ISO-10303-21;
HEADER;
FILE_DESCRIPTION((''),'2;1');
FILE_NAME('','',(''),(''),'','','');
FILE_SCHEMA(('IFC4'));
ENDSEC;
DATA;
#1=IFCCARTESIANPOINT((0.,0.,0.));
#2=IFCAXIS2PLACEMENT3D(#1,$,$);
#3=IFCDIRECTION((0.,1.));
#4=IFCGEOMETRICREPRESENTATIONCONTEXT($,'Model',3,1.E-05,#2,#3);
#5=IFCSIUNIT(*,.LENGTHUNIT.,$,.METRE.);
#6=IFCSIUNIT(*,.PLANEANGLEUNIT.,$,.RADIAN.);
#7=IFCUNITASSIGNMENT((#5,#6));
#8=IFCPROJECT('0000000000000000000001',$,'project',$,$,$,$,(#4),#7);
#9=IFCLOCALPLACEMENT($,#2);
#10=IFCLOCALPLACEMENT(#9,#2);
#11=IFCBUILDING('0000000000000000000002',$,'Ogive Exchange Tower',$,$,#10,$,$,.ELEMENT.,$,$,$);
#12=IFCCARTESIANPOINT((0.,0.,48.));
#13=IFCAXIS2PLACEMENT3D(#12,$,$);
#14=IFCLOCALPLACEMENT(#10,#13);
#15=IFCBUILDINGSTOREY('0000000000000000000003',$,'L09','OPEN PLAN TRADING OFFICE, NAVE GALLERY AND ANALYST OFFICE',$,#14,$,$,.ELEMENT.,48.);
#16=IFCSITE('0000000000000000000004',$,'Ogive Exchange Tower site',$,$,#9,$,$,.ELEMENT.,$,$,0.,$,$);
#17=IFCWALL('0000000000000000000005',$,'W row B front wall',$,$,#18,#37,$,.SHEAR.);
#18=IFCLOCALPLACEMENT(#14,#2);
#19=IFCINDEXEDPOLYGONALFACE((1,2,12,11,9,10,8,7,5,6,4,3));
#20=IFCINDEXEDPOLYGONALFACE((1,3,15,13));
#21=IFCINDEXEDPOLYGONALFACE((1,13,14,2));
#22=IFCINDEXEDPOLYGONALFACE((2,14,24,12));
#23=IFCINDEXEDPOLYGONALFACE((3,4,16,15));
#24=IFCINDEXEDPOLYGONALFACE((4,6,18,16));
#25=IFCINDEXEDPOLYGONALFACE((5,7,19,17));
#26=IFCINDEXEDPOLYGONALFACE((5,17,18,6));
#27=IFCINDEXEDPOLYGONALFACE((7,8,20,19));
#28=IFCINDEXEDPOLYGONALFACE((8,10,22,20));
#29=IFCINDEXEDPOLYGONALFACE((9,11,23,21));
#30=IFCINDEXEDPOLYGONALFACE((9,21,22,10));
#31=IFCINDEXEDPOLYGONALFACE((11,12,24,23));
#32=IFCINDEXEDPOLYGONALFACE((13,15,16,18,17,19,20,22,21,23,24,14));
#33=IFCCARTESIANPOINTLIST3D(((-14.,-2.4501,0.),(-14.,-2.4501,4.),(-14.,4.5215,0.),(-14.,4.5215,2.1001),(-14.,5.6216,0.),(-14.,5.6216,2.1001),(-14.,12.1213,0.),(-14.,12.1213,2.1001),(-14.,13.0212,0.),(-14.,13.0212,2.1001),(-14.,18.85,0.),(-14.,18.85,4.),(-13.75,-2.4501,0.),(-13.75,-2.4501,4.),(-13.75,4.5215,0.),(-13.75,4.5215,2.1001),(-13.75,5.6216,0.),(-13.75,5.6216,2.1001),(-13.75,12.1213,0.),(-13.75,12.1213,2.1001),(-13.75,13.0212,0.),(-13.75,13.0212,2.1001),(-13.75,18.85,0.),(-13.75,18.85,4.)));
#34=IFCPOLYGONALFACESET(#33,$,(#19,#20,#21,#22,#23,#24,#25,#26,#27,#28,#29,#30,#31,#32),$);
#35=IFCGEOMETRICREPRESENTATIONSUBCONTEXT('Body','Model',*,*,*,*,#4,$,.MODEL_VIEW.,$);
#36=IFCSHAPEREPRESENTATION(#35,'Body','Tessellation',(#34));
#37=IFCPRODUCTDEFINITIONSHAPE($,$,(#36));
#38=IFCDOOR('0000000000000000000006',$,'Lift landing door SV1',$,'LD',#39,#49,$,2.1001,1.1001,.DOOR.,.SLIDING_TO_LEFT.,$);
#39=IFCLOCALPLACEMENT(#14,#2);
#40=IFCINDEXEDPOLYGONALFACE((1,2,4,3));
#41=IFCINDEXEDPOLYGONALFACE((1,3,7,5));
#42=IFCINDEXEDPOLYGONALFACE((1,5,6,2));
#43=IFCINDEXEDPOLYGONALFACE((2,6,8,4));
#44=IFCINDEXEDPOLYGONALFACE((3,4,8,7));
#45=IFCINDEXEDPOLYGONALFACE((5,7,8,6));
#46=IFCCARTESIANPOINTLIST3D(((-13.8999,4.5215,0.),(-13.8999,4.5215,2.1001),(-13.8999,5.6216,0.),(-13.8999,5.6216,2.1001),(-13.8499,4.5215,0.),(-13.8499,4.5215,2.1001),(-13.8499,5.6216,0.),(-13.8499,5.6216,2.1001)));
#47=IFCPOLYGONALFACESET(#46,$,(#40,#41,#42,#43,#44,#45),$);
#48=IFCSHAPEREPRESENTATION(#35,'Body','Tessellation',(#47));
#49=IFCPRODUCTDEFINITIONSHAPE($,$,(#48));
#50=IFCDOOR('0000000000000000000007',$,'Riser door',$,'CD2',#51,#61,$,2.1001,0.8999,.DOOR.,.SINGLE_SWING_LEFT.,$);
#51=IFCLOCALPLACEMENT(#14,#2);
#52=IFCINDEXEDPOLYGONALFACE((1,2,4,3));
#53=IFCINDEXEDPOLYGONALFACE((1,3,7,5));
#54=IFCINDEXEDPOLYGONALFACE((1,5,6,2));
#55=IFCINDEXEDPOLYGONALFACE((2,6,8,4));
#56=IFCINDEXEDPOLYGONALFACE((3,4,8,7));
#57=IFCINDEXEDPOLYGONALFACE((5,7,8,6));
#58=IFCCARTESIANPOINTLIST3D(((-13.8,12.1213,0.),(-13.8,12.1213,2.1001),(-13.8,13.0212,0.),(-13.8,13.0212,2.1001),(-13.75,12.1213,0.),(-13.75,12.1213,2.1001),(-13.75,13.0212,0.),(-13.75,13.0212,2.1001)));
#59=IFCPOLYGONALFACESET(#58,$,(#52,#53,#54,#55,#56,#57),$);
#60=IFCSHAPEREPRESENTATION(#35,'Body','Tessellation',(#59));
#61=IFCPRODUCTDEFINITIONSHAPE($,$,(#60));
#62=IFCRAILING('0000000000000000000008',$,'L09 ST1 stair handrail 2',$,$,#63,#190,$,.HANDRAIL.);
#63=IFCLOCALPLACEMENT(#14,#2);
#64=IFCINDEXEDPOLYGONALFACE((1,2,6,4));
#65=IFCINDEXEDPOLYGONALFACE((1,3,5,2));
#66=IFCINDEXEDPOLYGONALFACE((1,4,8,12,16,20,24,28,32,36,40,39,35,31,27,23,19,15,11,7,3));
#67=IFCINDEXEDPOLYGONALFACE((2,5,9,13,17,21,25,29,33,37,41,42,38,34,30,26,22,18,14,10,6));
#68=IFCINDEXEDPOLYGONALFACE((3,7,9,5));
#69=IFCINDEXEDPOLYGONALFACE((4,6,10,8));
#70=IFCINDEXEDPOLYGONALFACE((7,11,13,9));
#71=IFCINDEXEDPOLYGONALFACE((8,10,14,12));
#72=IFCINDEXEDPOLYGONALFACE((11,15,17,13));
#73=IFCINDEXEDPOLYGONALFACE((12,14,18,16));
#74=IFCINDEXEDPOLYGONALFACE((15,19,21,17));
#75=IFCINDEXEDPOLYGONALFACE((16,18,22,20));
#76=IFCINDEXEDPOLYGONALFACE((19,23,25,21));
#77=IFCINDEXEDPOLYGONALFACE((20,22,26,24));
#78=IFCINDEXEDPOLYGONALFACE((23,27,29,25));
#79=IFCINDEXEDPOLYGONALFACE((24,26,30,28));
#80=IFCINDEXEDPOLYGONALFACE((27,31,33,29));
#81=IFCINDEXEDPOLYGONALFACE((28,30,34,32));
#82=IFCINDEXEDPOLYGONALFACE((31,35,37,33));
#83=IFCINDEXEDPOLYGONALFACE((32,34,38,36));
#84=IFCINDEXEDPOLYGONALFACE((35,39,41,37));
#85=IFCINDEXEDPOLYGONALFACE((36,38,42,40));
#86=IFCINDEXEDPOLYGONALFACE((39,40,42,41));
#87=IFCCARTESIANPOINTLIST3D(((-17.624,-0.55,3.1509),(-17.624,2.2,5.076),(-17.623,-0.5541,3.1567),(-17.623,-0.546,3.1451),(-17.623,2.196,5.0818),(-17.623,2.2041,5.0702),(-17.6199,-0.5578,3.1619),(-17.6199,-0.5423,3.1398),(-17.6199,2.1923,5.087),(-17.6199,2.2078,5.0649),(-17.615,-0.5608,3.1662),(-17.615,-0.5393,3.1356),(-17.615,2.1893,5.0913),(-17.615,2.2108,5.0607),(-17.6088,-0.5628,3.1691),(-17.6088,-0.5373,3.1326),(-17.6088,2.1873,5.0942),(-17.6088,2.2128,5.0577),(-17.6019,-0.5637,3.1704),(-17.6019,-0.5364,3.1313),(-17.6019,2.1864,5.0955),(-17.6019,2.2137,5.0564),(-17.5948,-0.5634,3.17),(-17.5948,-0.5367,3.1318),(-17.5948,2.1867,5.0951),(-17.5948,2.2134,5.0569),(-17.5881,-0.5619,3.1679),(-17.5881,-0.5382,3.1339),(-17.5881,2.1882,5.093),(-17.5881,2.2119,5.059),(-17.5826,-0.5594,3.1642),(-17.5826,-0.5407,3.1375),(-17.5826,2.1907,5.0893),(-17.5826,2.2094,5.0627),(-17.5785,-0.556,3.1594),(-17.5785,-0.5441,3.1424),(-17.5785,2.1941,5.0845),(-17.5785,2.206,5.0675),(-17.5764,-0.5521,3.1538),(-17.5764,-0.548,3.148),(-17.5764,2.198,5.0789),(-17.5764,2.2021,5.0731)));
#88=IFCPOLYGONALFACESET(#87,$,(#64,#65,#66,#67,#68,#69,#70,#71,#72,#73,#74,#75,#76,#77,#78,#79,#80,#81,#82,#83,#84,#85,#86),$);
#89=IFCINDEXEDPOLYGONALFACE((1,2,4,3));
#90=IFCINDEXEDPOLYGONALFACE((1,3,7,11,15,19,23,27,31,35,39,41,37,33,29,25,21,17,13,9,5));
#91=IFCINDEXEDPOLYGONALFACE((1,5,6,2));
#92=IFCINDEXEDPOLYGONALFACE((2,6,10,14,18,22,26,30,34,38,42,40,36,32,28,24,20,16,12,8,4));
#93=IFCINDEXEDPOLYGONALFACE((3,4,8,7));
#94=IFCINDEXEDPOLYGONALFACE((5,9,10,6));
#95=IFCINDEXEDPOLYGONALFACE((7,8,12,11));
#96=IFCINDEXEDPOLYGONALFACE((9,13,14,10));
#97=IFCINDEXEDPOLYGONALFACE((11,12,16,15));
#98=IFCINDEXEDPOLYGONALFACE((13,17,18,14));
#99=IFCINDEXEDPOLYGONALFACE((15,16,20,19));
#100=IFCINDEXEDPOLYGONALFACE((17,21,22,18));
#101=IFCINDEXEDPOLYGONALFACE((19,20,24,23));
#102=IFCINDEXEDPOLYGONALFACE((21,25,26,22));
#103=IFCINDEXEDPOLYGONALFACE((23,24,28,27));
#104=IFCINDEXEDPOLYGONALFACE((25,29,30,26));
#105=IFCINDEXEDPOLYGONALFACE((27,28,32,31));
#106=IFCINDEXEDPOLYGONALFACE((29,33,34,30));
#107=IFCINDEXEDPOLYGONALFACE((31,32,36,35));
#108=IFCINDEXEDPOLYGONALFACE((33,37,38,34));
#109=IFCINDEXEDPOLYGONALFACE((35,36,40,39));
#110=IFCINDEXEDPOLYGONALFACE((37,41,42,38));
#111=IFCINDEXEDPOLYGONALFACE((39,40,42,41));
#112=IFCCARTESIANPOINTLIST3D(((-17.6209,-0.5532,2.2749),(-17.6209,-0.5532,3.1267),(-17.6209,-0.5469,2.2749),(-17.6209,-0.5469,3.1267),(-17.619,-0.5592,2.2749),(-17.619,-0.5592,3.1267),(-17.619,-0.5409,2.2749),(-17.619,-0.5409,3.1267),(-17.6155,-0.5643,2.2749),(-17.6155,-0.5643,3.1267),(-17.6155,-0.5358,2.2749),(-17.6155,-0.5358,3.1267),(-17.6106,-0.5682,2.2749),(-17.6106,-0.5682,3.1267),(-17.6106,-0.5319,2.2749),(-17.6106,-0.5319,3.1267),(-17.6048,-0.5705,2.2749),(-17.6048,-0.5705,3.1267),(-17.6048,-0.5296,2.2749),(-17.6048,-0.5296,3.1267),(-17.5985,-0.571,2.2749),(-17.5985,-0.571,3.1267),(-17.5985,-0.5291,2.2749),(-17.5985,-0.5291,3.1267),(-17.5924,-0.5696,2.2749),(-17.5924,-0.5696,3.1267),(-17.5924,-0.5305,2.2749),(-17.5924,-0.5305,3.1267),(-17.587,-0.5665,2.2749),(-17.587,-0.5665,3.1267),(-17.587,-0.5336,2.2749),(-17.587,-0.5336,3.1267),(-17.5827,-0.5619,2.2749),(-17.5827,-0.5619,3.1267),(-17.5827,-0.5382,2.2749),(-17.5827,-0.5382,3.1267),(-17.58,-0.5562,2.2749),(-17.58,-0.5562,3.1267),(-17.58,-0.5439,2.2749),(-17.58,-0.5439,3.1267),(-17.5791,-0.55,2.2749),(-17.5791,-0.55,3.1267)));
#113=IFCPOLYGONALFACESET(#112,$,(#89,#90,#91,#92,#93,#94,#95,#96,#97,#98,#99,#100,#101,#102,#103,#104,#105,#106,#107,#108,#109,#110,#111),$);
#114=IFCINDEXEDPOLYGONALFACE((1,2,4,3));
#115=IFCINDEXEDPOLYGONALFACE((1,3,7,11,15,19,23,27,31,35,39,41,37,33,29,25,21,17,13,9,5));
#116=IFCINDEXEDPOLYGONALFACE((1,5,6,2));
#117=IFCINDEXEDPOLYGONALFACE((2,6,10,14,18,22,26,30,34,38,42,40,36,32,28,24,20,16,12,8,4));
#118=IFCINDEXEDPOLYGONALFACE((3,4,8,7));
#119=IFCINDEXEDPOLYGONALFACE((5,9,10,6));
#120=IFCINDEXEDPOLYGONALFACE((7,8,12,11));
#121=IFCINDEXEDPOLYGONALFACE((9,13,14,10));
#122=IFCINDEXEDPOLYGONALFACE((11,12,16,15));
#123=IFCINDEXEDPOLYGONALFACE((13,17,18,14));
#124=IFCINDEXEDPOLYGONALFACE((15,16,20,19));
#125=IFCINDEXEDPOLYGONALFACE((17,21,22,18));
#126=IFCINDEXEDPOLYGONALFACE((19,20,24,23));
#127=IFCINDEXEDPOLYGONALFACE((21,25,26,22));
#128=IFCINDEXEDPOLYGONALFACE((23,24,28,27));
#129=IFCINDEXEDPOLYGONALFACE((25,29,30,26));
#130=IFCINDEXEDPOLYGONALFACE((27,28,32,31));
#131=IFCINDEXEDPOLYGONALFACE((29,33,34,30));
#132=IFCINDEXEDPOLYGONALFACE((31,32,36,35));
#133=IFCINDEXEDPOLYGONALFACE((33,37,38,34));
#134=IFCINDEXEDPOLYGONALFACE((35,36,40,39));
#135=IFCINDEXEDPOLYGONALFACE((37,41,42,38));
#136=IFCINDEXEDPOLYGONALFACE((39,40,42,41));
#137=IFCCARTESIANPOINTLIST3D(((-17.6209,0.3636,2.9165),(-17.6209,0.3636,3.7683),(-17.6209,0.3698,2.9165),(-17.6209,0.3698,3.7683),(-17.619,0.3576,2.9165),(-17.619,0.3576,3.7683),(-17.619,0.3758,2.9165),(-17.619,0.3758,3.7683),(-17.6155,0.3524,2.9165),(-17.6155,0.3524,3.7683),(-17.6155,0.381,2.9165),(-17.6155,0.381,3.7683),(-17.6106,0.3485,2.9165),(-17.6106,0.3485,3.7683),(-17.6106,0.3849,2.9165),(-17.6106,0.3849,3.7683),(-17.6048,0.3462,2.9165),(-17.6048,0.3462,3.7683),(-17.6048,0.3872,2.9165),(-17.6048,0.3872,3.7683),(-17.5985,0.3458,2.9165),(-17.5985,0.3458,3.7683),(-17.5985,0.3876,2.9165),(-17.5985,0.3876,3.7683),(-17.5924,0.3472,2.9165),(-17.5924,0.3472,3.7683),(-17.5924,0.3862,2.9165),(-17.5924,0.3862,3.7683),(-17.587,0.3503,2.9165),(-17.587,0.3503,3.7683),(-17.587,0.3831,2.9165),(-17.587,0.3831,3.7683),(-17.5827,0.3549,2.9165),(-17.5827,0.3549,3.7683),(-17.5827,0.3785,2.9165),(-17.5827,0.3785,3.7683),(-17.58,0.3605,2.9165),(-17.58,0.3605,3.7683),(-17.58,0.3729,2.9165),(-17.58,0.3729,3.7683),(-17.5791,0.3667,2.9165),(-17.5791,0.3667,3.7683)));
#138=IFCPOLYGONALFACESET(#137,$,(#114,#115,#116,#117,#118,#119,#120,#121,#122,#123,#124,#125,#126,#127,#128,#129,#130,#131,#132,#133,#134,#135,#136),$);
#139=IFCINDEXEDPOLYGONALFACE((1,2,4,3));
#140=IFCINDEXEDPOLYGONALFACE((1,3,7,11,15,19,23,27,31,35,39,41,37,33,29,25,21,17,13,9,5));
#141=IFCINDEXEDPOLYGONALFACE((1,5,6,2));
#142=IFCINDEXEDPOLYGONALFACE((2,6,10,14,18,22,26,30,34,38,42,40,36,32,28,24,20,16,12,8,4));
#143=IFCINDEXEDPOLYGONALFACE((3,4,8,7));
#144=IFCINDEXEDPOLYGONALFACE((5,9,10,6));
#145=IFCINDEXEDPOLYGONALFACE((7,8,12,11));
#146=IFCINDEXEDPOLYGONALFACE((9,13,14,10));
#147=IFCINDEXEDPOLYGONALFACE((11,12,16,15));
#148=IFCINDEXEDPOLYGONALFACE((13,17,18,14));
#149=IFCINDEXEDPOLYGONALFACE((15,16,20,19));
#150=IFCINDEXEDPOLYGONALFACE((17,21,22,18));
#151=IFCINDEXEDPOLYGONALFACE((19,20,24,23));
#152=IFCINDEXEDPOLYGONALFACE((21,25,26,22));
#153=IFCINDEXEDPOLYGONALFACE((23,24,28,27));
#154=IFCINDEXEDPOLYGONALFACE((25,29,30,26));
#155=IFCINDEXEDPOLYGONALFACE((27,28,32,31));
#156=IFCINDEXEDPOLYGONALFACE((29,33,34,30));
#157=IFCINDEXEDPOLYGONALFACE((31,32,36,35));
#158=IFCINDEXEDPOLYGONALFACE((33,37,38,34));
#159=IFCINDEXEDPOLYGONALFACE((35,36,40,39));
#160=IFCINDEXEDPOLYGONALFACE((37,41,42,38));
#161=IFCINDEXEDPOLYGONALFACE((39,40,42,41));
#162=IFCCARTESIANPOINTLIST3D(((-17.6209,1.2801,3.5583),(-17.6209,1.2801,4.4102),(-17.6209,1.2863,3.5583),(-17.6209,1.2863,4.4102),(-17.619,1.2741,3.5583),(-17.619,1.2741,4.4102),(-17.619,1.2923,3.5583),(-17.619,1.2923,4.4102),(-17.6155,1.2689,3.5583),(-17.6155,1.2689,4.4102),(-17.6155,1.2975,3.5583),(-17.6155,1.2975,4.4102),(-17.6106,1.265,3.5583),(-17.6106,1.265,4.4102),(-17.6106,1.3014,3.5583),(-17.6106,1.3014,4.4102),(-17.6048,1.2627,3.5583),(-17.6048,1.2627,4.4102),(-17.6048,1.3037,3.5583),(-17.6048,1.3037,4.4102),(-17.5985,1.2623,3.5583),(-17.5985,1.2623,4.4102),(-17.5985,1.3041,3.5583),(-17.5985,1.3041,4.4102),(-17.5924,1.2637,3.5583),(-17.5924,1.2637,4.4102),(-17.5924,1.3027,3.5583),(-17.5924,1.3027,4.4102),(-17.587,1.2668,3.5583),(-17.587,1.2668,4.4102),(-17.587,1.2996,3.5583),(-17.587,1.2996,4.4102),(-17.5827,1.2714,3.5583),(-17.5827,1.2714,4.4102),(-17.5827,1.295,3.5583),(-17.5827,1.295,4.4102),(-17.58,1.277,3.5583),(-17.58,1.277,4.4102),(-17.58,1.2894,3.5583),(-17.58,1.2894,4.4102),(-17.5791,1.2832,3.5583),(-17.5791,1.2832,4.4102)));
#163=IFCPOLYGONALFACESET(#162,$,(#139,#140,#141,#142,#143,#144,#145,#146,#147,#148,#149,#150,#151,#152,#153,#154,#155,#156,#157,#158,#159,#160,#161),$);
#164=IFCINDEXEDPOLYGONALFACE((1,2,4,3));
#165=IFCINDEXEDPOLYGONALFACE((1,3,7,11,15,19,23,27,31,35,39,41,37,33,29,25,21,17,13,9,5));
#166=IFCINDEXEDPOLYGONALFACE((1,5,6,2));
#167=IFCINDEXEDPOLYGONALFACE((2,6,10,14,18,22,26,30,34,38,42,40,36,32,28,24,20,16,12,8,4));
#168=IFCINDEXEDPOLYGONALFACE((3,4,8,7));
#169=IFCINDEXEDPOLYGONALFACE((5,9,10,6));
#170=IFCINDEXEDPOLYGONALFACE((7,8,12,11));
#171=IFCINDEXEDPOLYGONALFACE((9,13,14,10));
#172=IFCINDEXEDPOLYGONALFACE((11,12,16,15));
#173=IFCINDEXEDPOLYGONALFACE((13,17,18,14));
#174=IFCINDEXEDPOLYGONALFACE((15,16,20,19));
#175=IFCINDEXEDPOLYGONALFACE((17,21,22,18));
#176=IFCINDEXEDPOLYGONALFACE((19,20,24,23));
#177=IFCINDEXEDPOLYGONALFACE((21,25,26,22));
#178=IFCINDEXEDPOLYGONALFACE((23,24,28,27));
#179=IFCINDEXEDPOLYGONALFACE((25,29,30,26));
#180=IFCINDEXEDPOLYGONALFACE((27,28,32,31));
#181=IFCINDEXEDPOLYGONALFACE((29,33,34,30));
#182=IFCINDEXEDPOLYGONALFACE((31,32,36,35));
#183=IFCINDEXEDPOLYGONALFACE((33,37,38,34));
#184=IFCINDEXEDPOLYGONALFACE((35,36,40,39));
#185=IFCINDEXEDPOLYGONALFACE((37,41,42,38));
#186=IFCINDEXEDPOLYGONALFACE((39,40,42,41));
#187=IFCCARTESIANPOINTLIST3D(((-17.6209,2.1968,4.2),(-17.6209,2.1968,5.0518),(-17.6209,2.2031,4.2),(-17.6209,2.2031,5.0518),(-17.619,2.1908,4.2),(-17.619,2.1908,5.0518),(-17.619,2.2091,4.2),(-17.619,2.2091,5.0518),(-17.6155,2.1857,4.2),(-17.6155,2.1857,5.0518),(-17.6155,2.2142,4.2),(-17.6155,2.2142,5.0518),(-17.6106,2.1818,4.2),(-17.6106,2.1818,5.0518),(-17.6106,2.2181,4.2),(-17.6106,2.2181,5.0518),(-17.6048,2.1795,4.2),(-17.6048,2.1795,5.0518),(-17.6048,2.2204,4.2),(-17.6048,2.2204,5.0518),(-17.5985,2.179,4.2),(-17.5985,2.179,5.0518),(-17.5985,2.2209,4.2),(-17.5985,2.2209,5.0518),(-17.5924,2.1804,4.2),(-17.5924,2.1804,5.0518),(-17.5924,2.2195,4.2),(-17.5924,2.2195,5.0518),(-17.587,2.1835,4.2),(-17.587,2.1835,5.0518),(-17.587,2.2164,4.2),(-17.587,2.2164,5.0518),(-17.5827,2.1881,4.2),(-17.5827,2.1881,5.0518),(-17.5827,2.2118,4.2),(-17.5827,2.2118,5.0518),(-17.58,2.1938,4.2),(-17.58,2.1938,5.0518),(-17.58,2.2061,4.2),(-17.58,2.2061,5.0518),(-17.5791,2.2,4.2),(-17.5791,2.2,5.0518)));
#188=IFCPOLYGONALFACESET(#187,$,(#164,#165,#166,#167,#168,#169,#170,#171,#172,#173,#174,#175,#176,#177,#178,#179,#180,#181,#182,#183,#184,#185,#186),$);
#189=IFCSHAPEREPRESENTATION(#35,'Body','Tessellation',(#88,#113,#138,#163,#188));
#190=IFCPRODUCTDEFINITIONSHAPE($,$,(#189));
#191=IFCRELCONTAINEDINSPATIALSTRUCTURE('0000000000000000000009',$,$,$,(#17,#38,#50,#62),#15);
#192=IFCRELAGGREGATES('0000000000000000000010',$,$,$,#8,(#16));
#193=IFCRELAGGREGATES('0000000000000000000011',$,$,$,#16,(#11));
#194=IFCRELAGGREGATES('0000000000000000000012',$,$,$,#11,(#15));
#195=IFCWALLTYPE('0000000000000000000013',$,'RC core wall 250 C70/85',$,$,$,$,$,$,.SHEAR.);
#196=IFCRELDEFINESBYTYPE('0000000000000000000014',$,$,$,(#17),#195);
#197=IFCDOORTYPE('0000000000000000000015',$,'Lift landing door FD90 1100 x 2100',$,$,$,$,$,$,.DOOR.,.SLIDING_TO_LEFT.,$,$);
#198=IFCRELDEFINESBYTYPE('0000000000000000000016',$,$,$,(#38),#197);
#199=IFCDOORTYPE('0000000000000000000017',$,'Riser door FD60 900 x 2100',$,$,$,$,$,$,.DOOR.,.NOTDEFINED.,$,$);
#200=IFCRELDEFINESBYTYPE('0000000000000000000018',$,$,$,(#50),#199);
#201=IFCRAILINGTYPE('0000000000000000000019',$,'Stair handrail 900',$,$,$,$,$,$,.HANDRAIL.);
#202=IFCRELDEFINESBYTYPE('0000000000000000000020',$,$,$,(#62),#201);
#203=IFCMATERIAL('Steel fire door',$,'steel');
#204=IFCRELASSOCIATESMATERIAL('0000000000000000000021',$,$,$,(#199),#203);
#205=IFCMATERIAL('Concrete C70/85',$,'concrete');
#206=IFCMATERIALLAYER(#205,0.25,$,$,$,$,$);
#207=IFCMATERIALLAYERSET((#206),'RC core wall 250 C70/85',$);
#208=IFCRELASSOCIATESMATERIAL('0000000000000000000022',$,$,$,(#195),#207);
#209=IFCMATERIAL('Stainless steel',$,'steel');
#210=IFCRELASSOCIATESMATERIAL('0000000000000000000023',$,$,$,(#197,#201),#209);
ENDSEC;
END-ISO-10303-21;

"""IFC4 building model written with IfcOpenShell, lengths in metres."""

from ifc_helpers import new_model, si_unit, direction, frame, frame_2d, origin, origin_2d, place, context, subcontext, project, spatial, rectangle, circle, extrude, material, layer, layer_set, type_object, element, fill, save


model = new_model("IFC4")

# Units and contexts
model_context = context("Model", 3, precision=1e-05, world=origin(), true_north=direction((0.0, 1.0)))
body_context = subcontext(model_context, "Body", "Model", "MODEL_VIEW")
ifc_project = project(units=[si_unit("LENGTHUNIT", "METRE"), si_unit("PLANEANGLEUNIT", "RADIAN")], contexts=[model_context])

# Site, building, storey
site_placement = place(None, origin())
site = spatial("IfcSite", under=ifc_project, at=site_placement, Name="Ogive Exchange Tower site", CompositionType="ELEMENT", RefElevation=0.0)
building_placement = place(site_placement, origin())
building = spatial("IfcBuilding", under=site, at=building_placement, Name="Ogive Exchange Tower", CompositionType="ELEMENT")
storey_placement = place(building_placement, frame((0.0, 0.0, 48.0)))
storey = spatial("IfcBuildingStorey", under=building, at=storey_placement, Name="L09", Description="OPEN PLAN TRADING OFFICE, NAVE GALLERY AND ANALYST OFFICE", CompositionType="ELEMENT", Elevation=48.0)

# Shared definitions
ifc_material_1 = material(Name="Concrete C70/85", Category="concrete")
ifc_material_2 = material(Name="Steel fire door", Category="steel")
door_type_1 = type_object("IfcDoorType", Name="Riser door FD60 900 x 2100", OperationType="NOTDEFINED", PredefinedType="DOOR", material=ifc_material_2)

# Shared definitions
ifc_layer_1 = layer(ifc_material_1, 0.25)
ifc_layer_set_1 = layer_set([ifc_layer_1], Name="RC core wall 250 C70/85")
wall_type_1 = type_object("IfcWallType", Name="RC core wall 250 C70/85", PredefinedType="SHEAR", material=ifc_layer_set_1)

# Wall, openings, doors
wall_1_placement = place(storey_placement, frame((-13.875, -2.45, 0.0), z_axis=(0.0, 0.0, 1.0), x_axis=(0.0, 1.0, 0.0)))
wall_1 = element("IfcWall", 1, at=wall_1_placement, inside=storey, type_object=wall_type_1, Name="W row B front wall", PredefinedType="SHEAR", context=body_context, shape_type="SweptSolid", body=[
    extrude(rectangle(XDim=21.3, YDim=0.25, at=frame_2d((10.6499, 0.0))), origin(), (0.0, 0.0, 1.0), 4.0),
])
opening_1_placement = place(wall_1_placement, frame((14.5713, 0.0, 0.0)))
opening_1 = element("IfcOpeningElement", 2, at=opening_1_placement, cuts=wall_1, PredefinedType="OPENING", context=body_context, shape_type="SweptSolid", body=[
    extrude(rectangle(XDim=0.8999, YDim=2.1001, at=frame_2d((0.45, 1.05))), frame((0.0, 0.135, 0.0), z_axis=(0.0, -1.0, 0.0), x_axis=(1.0, 0.0, 0.0)), (0.0, 0.0, 1.0), 0.27),
])
opening_2_placement = place(wall_1_placement, frame((6.9714, 0.0, 0.0)))
opening_2 = element("IfcOpeningElement", 3, at=opening_2_placement, cuts=wall_1, PredefinedType="OPENING", context=body_context, shape_type="SweptSolid", body=[
    extrude(rectangle(XDim=1.1001, YDim=2.1001, at=frame_2d((0.55, 1.05))), frame((0.0, 0.135, 0.0), z_axis=(0.0, -1.0, 0.0), x_axis=(1.0, 0.0, 0.0)), (0.0, 0.0, 1.0), 0.27),
])
ifc_material_3 = material(Name="Stainless steel", Category="steel")
door_type_2 = type_object("IfcDoorType", Name="Lift landing door FD90 1100 x 2100", OperationType="SLIDING_TO_LEFT", PredefinedType="DOOR", material=ifc_material_3)
door_1_placement = place(opening_2_placement, origin())
door_1 = element("IfcDoor", 4, at=door_1_placement, inside=storey, type_object=door_type_2, Name="Lift landing door SV1", ObjectType="LD", OperationType="SLIDING_TO_LEFT", OverallHeight=2.1001, OverallWidth=1.1001, PredefinedType="DOOR", context=body_context, shape_type="SweptSolid", body=[
    extrude(rectangle(XDim=1.1001, YDim=2.1001, at=frame_2d((0.55, 1.05))), frame((0.0, 0.0249, 0.0), z_axis=(0.0, -1.0, 0.0), x_axis=(1.0, 0.0, 0.0)), (0.0, 0.0, 1.0), 0.05),
])
fill(opening_2, door_1)
door_2_placement = place(opening_1_placement, frame((0.8999, -0.2002, 0.0), z_axis=(0.0, 0.0, 1.0), x_axis=(-1.0, 0.0, 0.0)))
door_2 = element("IfcDoor", 5, at=door_2_placement, inside=storey, type_object=door_type_1, Name="Riser door", ObjectType="CD2", OperationType="SINGLE_SWING_LEFT", OverallHeight=2.1001, OverallWidth=0.8999, PredefinedType="DOOR", context=body_context, shape_type="SweptSolid", body=[
    extrude(rectangle(XDim=0.8999, YDim=2.1001, at=frame_2d((0.45, 1.05))), frame((0.0, -0.0752, 0.0), z_axis=(0.0, -1.0, 0.0), x_axis=(1.0, 0.0, 0.0)), (0.0, 0.0, 1.0), 0.05),
])
fill(opening_1, door_2)

# Railing
railing_type = type_object("IfcRailingType", Name="Stair handrail 900", PredefinedType="HANDRAIL", material=ifc_material_3)
railing_placement = place(storey_placement, frame((-17.6001, -0.55, 2.2749)))
element("IfcRailing", 6, at=railing_placement, inside=storey, type_object=railing_type, Name="L09 ST1 stair handrail 2", PredefinedType="HANDRAIL", context=body_context, shape_type="SweptSolid", body=[
    extrude(circle(Radius=0.0239, at=origin_2d()), frame((0.0, 0.0, 0.876), z_axis=(0.0, 0.819225, 0.573472), x_axis=(-1.0, 0.0, 0.0)), (0.0, 0.0, 1.0), 3.3569),
    extrude(circle(Radius=0.021, at=origin_2d()), origin(), (0.0, 0.0, 1.0), 0.8518),
    extrude(circle(Radius=0.021, at=origin_2d()), frame((0.0, 0.9167, 0.6416)), (0.0, 0.0, 1.0), 0.8518),
    extrude(circle(Radius=0.021, at=origin_2d()), frame((0.0, 1.8333, 1.2834)), (0.0, 0.0, 1.0), 0.8518),
    extrude(circle(Radius=0.021, at=origin_2d()), frame((0.0, 2.75, 1.925)), (0.0, 0.0, 1.0), 0.8518),
])

save(model, "model.ifc")
